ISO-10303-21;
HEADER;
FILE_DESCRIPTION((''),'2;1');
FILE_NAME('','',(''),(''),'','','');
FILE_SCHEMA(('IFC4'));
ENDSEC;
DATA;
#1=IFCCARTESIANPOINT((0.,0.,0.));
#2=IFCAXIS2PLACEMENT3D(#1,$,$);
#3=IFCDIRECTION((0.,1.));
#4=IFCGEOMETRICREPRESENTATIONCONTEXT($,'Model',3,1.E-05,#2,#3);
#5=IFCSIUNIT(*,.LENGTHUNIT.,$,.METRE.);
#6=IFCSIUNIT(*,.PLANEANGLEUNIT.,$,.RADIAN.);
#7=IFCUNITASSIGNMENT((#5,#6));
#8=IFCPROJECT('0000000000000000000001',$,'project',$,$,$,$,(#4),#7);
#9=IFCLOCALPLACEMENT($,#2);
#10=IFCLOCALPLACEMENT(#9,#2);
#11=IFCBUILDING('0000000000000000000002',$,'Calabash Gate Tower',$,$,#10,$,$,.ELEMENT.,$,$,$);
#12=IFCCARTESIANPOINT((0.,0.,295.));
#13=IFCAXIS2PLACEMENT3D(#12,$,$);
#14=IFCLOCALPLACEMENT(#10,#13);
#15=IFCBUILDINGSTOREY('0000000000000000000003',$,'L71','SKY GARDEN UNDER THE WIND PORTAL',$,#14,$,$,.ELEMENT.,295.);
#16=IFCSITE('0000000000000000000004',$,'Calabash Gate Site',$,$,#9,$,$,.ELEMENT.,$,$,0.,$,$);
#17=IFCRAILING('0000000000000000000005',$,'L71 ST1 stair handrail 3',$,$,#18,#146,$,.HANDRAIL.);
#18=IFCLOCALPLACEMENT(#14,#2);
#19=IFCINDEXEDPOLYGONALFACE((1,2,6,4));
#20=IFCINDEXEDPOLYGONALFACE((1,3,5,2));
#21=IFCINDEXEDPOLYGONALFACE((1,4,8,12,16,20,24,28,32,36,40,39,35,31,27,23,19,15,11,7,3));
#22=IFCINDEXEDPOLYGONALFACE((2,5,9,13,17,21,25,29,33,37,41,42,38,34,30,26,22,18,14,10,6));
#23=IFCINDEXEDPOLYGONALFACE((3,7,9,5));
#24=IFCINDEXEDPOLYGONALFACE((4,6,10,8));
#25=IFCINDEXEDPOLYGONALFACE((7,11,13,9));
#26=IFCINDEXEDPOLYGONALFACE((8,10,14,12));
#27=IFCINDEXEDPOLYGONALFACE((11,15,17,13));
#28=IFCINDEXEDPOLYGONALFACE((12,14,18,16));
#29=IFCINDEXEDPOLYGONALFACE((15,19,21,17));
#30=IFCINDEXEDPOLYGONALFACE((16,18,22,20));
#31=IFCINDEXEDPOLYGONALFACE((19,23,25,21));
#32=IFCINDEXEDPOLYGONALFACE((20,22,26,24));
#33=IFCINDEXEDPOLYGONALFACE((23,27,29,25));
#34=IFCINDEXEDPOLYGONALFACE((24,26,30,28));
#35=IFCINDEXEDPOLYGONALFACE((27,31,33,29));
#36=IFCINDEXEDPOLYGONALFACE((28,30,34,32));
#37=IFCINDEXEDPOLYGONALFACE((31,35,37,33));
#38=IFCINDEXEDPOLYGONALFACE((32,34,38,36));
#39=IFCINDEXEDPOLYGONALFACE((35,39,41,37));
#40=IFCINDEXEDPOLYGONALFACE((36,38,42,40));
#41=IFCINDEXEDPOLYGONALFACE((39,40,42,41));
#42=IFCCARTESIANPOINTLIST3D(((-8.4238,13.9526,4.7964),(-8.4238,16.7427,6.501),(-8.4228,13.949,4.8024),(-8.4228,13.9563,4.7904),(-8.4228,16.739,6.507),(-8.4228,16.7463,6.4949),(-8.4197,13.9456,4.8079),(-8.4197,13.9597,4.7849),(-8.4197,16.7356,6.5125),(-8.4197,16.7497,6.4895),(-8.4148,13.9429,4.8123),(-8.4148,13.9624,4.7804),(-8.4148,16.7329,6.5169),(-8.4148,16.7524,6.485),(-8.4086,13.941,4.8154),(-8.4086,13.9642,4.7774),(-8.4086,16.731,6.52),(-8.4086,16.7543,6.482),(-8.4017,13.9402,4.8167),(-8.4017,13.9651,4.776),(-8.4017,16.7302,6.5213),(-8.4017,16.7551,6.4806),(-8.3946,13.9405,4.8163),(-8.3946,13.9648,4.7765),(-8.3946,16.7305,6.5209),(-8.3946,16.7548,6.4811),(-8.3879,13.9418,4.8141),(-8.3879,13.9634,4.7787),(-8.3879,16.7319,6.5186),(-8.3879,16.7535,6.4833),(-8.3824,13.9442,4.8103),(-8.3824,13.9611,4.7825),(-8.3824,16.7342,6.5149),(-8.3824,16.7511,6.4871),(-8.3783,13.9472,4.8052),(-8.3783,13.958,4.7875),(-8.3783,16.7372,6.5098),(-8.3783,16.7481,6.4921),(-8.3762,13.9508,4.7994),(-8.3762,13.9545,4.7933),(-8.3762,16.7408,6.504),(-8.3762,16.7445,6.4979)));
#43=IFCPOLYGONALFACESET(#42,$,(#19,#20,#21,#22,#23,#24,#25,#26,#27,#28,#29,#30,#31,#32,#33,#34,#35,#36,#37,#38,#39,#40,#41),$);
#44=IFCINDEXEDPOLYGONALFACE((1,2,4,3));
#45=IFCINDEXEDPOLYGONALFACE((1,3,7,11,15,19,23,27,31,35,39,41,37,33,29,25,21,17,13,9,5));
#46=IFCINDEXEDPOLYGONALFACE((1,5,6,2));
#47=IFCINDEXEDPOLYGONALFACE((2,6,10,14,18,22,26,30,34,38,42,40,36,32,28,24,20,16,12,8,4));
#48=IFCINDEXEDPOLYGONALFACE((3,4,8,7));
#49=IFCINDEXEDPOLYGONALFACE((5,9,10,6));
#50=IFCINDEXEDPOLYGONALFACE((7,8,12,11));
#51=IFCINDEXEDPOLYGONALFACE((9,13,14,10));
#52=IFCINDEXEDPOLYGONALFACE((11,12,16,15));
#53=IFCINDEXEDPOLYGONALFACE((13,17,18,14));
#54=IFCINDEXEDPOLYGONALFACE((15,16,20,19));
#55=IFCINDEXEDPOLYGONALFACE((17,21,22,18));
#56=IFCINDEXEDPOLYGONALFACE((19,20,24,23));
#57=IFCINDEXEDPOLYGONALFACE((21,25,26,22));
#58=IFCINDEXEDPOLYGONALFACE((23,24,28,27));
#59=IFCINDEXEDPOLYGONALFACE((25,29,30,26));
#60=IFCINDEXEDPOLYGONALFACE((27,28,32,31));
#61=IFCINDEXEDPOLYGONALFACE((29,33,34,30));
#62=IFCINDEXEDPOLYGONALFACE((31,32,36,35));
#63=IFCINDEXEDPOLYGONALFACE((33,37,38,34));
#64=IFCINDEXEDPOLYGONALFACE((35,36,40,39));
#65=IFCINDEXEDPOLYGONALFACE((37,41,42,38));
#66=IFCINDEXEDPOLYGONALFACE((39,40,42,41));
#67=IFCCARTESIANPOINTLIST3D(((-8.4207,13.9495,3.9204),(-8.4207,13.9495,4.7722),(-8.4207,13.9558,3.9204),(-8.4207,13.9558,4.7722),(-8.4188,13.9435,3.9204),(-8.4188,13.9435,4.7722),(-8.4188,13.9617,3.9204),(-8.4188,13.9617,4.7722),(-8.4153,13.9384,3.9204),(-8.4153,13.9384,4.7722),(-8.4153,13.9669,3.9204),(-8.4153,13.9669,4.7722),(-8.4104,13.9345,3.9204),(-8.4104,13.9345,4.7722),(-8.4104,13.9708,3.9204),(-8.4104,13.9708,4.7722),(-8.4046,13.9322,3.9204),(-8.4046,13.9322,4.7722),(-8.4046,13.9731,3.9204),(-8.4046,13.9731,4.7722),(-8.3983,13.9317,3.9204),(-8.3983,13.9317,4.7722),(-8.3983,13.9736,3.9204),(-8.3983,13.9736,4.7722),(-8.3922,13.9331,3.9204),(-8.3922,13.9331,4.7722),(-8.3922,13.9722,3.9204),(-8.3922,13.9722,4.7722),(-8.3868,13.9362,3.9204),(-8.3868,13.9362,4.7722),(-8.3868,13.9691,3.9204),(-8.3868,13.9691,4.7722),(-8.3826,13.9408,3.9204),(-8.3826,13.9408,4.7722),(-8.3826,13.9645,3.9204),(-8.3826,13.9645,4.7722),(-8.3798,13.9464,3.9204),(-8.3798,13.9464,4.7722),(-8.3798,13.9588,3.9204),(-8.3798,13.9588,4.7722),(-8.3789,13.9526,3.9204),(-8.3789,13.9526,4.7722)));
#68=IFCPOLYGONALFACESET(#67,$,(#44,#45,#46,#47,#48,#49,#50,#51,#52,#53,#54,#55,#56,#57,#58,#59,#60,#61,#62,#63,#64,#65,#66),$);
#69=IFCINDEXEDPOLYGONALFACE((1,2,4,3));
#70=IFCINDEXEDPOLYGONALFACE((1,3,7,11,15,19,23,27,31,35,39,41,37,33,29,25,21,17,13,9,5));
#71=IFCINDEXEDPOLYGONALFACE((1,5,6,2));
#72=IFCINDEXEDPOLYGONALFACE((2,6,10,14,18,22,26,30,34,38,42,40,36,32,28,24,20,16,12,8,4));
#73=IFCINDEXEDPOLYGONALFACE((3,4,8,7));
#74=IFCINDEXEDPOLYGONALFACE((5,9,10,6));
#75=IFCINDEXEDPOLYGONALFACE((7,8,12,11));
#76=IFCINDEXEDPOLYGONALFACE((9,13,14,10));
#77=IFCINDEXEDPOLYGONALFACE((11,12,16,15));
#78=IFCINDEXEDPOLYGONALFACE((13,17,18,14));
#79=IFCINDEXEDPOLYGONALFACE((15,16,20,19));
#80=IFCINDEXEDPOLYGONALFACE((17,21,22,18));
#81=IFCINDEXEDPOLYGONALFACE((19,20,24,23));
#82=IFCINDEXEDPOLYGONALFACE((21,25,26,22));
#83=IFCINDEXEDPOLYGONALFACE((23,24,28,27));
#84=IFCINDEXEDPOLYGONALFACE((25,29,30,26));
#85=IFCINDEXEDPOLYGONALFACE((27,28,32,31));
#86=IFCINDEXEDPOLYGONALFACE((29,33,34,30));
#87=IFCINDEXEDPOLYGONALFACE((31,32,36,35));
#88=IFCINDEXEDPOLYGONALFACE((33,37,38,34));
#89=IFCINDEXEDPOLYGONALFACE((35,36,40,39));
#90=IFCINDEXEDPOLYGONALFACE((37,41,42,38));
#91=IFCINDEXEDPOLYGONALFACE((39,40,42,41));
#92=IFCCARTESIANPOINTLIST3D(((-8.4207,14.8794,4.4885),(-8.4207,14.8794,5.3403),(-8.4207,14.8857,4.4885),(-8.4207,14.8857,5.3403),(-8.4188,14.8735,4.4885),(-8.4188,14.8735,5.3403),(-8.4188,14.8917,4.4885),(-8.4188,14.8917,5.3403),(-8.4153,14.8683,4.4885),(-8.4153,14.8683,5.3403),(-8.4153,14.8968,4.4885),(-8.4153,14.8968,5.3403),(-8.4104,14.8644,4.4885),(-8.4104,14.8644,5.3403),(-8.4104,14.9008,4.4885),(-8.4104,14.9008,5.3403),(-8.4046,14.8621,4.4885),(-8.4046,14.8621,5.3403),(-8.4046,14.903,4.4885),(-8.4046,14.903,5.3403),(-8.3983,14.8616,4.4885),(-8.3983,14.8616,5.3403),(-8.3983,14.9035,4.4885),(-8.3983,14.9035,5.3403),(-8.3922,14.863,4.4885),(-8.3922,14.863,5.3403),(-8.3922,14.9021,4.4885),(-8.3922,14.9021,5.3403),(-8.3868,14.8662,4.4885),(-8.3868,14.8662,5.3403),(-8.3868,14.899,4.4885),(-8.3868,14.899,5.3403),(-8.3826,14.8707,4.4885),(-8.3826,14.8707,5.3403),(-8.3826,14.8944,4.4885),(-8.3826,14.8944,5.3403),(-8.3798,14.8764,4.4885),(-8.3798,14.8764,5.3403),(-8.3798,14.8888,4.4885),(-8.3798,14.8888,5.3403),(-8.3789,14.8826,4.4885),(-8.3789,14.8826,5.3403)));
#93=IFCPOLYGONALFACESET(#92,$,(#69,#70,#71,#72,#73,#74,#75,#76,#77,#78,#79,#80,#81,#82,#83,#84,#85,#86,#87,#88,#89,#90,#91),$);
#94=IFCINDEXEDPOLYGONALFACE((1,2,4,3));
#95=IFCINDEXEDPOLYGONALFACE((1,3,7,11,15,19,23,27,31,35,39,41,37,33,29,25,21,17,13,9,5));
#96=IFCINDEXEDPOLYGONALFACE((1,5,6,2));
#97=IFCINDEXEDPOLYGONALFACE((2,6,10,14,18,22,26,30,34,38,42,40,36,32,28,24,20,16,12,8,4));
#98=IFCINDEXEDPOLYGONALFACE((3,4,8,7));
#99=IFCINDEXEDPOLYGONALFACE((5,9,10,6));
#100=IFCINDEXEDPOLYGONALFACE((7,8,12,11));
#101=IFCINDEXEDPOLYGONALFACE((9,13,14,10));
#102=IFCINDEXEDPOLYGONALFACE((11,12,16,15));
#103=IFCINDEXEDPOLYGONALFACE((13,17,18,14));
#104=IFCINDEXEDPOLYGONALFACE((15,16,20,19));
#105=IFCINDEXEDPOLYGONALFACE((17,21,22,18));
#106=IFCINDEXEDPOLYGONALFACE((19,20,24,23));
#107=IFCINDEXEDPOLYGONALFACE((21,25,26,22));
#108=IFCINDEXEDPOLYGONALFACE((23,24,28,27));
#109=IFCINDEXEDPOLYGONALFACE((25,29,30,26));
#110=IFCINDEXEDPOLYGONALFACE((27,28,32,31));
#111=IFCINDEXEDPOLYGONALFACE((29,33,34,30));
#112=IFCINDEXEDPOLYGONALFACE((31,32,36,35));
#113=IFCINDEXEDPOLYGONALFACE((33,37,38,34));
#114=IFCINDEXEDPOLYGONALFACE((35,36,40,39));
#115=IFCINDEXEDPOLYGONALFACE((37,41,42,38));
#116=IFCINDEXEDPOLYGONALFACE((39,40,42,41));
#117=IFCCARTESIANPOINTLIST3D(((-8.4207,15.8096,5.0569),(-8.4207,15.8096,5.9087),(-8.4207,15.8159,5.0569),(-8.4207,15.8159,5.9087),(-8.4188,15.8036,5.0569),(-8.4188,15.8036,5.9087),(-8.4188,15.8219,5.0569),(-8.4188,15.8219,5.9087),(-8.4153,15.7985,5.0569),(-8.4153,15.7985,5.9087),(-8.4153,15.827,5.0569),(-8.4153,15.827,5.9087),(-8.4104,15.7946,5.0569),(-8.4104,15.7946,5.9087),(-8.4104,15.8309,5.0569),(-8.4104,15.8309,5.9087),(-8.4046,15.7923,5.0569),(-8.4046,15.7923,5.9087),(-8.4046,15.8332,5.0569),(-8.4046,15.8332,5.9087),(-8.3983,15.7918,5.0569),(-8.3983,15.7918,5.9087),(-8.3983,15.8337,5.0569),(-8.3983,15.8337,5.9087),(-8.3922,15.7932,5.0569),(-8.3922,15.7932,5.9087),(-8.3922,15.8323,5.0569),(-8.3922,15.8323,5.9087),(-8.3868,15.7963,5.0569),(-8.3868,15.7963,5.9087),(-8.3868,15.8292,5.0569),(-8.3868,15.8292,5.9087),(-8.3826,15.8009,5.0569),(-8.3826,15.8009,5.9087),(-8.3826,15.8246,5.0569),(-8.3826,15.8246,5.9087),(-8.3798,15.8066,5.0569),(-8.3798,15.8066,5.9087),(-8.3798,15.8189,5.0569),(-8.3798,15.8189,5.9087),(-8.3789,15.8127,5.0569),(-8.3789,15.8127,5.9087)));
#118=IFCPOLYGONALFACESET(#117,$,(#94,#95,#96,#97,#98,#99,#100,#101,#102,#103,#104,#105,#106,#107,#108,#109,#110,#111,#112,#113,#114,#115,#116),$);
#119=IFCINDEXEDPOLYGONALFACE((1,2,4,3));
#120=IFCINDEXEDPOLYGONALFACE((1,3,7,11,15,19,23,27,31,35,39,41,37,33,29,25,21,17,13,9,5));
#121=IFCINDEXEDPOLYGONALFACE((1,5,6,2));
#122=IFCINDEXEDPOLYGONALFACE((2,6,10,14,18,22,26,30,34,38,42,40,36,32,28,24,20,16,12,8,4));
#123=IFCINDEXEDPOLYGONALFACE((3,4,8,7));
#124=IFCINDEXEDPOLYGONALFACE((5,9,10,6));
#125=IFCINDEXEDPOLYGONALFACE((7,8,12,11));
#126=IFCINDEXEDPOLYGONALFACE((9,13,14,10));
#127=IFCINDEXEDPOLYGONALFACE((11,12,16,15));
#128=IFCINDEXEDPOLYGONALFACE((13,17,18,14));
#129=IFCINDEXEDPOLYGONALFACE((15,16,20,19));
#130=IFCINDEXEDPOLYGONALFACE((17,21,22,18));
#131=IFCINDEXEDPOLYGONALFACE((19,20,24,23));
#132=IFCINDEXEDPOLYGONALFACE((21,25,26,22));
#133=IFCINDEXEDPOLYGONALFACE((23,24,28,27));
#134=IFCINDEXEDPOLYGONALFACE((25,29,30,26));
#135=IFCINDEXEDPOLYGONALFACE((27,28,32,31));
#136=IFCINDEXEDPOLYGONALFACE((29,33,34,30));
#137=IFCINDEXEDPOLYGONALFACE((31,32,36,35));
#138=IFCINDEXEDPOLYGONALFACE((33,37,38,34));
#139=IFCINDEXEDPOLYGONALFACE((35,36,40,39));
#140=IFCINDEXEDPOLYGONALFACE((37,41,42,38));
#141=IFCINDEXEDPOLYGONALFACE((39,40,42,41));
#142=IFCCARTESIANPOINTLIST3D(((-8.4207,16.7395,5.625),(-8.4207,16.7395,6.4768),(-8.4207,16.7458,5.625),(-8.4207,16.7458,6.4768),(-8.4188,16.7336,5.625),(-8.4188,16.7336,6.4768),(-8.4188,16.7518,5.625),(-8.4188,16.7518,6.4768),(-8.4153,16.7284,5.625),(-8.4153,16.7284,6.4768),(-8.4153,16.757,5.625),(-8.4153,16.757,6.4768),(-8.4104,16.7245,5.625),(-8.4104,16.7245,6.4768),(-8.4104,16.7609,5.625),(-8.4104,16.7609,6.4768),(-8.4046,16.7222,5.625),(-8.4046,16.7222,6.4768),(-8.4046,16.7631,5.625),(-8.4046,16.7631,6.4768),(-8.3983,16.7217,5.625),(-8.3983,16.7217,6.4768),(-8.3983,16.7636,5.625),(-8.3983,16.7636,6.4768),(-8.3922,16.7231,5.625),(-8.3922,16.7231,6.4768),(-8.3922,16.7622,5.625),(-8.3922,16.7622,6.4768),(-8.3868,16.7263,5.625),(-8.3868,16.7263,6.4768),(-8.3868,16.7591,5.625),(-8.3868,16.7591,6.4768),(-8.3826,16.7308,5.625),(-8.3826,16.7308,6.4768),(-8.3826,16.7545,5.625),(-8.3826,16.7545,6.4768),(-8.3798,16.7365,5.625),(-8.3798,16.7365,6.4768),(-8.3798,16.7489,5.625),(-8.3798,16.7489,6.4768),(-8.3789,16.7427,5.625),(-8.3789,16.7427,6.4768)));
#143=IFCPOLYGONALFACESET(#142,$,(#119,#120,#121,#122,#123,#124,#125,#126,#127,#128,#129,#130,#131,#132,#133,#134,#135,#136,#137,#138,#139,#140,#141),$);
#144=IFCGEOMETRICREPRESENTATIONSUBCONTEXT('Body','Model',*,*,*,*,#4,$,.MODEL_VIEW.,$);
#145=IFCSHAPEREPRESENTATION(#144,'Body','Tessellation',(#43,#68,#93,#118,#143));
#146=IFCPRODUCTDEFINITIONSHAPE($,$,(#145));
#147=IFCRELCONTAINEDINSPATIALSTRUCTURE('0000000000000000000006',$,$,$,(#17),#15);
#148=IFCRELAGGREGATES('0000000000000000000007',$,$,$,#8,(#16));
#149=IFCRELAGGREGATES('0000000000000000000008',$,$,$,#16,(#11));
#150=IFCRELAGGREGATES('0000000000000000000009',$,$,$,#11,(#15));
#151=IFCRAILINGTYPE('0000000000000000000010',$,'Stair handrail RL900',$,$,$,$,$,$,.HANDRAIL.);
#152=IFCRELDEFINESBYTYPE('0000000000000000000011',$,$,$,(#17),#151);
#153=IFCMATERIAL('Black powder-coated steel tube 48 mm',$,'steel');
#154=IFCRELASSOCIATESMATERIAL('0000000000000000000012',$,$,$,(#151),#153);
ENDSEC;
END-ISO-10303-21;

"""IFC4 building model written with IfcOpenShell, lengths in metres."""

from ifc_helpers import new_model, si_unit, direction, frame, origin, origin_2d, place, context, subcontext, project, spatial, circle, extrude, material, type_object, element, save


model = new_model("IFC4")

# Units and contexts
model_context = context("Model", 3, precision=1e-05, world=origin(), true_north=direction((0.0, 1.0)))
body_context = subcontext(model_context, "Body", "Model", "MODEL_VIEW")
ifc_project = project(units=[si_unit("LENGTHUNIT", "METRE"), si_unit("PLANEANGLEUNIT", "RADIAN")], contexts=[model_context])

# Site, building, storey
site_placement = place(None, origin())
site = spatial("IfcSite", under=ifc_project, at=site_placement, Name="Calabash Gate Site", CompositionType="ELEMENT", RefElevation=0.0)
building_placement = place(site_placement, origin())
building = spatial("IfcBuilding", under=site, at=building_placement, Name="Calabash Gate Tower", CompositionType="ELEMENT")
storey_placement = place(building_placement, frame((0.0, 0.0, 295.0)))
storey = spatial("IfcBuildingStorey", under=building, at=storey_placement, Name="L71", Description="SKY GARDEN UNDER THE WIND PORTAL", CompositionType="ELEMENT", Elevation=295.0)

# Railing
ifc_material_1 = material(Name="Black powder-coated steel tube 48 mm", Category="steel")
railing_type_1 = type_object("IfcRailingType", Name="Stair handrail RL900", PredefinedType="HANDRAIL", material=ifc_material_1)
railing_1_placement = place(storey_placement, frame((-8.3999, 13.9526, 3.9204)))
element("IfcRailing", 1, at=railing_1_placement, inside=storey, type_object=railing_type_1, Name="L71 ST1 stair handrail 3", PredefinedType="HANDRAIL", context=body_context, shape_type="SweptSolid", body=[
    extrude(circle(Radius=0.0239, at=origin_2d()), frame((0.0, 0.0, 0.876), z_axis=(0.0, 0.853341, 0.521353), x_axis=(-1.0, 0.0, 0.0)), (0.0, 0.0, 1.0), 3.2695),
    extrude(circle(Radius=0.021, at=origin_2d()), origin(), (0.0, 0.0, 1.0), 0.8518),
    extrude(circle(Radius=0.021, at=origin_2d()), frame((0.0, 0.9299, 0.5681)), (0.0, 0.0, 1.0), 0.8518),
    extrude(circle(Radius=0.021, at=origin_2d()), frame((0.0, 1.8601, 1.1365)), (0.0, 0.0, 1.0), 0.8518),
    extrude(circle(Radius=0.021, at=origin_2d()), frame((0.0, 2.79, 1.7046)), (0.0, 0.0, 1.0), 0.8518),
])

save(model, "model.ifc")
